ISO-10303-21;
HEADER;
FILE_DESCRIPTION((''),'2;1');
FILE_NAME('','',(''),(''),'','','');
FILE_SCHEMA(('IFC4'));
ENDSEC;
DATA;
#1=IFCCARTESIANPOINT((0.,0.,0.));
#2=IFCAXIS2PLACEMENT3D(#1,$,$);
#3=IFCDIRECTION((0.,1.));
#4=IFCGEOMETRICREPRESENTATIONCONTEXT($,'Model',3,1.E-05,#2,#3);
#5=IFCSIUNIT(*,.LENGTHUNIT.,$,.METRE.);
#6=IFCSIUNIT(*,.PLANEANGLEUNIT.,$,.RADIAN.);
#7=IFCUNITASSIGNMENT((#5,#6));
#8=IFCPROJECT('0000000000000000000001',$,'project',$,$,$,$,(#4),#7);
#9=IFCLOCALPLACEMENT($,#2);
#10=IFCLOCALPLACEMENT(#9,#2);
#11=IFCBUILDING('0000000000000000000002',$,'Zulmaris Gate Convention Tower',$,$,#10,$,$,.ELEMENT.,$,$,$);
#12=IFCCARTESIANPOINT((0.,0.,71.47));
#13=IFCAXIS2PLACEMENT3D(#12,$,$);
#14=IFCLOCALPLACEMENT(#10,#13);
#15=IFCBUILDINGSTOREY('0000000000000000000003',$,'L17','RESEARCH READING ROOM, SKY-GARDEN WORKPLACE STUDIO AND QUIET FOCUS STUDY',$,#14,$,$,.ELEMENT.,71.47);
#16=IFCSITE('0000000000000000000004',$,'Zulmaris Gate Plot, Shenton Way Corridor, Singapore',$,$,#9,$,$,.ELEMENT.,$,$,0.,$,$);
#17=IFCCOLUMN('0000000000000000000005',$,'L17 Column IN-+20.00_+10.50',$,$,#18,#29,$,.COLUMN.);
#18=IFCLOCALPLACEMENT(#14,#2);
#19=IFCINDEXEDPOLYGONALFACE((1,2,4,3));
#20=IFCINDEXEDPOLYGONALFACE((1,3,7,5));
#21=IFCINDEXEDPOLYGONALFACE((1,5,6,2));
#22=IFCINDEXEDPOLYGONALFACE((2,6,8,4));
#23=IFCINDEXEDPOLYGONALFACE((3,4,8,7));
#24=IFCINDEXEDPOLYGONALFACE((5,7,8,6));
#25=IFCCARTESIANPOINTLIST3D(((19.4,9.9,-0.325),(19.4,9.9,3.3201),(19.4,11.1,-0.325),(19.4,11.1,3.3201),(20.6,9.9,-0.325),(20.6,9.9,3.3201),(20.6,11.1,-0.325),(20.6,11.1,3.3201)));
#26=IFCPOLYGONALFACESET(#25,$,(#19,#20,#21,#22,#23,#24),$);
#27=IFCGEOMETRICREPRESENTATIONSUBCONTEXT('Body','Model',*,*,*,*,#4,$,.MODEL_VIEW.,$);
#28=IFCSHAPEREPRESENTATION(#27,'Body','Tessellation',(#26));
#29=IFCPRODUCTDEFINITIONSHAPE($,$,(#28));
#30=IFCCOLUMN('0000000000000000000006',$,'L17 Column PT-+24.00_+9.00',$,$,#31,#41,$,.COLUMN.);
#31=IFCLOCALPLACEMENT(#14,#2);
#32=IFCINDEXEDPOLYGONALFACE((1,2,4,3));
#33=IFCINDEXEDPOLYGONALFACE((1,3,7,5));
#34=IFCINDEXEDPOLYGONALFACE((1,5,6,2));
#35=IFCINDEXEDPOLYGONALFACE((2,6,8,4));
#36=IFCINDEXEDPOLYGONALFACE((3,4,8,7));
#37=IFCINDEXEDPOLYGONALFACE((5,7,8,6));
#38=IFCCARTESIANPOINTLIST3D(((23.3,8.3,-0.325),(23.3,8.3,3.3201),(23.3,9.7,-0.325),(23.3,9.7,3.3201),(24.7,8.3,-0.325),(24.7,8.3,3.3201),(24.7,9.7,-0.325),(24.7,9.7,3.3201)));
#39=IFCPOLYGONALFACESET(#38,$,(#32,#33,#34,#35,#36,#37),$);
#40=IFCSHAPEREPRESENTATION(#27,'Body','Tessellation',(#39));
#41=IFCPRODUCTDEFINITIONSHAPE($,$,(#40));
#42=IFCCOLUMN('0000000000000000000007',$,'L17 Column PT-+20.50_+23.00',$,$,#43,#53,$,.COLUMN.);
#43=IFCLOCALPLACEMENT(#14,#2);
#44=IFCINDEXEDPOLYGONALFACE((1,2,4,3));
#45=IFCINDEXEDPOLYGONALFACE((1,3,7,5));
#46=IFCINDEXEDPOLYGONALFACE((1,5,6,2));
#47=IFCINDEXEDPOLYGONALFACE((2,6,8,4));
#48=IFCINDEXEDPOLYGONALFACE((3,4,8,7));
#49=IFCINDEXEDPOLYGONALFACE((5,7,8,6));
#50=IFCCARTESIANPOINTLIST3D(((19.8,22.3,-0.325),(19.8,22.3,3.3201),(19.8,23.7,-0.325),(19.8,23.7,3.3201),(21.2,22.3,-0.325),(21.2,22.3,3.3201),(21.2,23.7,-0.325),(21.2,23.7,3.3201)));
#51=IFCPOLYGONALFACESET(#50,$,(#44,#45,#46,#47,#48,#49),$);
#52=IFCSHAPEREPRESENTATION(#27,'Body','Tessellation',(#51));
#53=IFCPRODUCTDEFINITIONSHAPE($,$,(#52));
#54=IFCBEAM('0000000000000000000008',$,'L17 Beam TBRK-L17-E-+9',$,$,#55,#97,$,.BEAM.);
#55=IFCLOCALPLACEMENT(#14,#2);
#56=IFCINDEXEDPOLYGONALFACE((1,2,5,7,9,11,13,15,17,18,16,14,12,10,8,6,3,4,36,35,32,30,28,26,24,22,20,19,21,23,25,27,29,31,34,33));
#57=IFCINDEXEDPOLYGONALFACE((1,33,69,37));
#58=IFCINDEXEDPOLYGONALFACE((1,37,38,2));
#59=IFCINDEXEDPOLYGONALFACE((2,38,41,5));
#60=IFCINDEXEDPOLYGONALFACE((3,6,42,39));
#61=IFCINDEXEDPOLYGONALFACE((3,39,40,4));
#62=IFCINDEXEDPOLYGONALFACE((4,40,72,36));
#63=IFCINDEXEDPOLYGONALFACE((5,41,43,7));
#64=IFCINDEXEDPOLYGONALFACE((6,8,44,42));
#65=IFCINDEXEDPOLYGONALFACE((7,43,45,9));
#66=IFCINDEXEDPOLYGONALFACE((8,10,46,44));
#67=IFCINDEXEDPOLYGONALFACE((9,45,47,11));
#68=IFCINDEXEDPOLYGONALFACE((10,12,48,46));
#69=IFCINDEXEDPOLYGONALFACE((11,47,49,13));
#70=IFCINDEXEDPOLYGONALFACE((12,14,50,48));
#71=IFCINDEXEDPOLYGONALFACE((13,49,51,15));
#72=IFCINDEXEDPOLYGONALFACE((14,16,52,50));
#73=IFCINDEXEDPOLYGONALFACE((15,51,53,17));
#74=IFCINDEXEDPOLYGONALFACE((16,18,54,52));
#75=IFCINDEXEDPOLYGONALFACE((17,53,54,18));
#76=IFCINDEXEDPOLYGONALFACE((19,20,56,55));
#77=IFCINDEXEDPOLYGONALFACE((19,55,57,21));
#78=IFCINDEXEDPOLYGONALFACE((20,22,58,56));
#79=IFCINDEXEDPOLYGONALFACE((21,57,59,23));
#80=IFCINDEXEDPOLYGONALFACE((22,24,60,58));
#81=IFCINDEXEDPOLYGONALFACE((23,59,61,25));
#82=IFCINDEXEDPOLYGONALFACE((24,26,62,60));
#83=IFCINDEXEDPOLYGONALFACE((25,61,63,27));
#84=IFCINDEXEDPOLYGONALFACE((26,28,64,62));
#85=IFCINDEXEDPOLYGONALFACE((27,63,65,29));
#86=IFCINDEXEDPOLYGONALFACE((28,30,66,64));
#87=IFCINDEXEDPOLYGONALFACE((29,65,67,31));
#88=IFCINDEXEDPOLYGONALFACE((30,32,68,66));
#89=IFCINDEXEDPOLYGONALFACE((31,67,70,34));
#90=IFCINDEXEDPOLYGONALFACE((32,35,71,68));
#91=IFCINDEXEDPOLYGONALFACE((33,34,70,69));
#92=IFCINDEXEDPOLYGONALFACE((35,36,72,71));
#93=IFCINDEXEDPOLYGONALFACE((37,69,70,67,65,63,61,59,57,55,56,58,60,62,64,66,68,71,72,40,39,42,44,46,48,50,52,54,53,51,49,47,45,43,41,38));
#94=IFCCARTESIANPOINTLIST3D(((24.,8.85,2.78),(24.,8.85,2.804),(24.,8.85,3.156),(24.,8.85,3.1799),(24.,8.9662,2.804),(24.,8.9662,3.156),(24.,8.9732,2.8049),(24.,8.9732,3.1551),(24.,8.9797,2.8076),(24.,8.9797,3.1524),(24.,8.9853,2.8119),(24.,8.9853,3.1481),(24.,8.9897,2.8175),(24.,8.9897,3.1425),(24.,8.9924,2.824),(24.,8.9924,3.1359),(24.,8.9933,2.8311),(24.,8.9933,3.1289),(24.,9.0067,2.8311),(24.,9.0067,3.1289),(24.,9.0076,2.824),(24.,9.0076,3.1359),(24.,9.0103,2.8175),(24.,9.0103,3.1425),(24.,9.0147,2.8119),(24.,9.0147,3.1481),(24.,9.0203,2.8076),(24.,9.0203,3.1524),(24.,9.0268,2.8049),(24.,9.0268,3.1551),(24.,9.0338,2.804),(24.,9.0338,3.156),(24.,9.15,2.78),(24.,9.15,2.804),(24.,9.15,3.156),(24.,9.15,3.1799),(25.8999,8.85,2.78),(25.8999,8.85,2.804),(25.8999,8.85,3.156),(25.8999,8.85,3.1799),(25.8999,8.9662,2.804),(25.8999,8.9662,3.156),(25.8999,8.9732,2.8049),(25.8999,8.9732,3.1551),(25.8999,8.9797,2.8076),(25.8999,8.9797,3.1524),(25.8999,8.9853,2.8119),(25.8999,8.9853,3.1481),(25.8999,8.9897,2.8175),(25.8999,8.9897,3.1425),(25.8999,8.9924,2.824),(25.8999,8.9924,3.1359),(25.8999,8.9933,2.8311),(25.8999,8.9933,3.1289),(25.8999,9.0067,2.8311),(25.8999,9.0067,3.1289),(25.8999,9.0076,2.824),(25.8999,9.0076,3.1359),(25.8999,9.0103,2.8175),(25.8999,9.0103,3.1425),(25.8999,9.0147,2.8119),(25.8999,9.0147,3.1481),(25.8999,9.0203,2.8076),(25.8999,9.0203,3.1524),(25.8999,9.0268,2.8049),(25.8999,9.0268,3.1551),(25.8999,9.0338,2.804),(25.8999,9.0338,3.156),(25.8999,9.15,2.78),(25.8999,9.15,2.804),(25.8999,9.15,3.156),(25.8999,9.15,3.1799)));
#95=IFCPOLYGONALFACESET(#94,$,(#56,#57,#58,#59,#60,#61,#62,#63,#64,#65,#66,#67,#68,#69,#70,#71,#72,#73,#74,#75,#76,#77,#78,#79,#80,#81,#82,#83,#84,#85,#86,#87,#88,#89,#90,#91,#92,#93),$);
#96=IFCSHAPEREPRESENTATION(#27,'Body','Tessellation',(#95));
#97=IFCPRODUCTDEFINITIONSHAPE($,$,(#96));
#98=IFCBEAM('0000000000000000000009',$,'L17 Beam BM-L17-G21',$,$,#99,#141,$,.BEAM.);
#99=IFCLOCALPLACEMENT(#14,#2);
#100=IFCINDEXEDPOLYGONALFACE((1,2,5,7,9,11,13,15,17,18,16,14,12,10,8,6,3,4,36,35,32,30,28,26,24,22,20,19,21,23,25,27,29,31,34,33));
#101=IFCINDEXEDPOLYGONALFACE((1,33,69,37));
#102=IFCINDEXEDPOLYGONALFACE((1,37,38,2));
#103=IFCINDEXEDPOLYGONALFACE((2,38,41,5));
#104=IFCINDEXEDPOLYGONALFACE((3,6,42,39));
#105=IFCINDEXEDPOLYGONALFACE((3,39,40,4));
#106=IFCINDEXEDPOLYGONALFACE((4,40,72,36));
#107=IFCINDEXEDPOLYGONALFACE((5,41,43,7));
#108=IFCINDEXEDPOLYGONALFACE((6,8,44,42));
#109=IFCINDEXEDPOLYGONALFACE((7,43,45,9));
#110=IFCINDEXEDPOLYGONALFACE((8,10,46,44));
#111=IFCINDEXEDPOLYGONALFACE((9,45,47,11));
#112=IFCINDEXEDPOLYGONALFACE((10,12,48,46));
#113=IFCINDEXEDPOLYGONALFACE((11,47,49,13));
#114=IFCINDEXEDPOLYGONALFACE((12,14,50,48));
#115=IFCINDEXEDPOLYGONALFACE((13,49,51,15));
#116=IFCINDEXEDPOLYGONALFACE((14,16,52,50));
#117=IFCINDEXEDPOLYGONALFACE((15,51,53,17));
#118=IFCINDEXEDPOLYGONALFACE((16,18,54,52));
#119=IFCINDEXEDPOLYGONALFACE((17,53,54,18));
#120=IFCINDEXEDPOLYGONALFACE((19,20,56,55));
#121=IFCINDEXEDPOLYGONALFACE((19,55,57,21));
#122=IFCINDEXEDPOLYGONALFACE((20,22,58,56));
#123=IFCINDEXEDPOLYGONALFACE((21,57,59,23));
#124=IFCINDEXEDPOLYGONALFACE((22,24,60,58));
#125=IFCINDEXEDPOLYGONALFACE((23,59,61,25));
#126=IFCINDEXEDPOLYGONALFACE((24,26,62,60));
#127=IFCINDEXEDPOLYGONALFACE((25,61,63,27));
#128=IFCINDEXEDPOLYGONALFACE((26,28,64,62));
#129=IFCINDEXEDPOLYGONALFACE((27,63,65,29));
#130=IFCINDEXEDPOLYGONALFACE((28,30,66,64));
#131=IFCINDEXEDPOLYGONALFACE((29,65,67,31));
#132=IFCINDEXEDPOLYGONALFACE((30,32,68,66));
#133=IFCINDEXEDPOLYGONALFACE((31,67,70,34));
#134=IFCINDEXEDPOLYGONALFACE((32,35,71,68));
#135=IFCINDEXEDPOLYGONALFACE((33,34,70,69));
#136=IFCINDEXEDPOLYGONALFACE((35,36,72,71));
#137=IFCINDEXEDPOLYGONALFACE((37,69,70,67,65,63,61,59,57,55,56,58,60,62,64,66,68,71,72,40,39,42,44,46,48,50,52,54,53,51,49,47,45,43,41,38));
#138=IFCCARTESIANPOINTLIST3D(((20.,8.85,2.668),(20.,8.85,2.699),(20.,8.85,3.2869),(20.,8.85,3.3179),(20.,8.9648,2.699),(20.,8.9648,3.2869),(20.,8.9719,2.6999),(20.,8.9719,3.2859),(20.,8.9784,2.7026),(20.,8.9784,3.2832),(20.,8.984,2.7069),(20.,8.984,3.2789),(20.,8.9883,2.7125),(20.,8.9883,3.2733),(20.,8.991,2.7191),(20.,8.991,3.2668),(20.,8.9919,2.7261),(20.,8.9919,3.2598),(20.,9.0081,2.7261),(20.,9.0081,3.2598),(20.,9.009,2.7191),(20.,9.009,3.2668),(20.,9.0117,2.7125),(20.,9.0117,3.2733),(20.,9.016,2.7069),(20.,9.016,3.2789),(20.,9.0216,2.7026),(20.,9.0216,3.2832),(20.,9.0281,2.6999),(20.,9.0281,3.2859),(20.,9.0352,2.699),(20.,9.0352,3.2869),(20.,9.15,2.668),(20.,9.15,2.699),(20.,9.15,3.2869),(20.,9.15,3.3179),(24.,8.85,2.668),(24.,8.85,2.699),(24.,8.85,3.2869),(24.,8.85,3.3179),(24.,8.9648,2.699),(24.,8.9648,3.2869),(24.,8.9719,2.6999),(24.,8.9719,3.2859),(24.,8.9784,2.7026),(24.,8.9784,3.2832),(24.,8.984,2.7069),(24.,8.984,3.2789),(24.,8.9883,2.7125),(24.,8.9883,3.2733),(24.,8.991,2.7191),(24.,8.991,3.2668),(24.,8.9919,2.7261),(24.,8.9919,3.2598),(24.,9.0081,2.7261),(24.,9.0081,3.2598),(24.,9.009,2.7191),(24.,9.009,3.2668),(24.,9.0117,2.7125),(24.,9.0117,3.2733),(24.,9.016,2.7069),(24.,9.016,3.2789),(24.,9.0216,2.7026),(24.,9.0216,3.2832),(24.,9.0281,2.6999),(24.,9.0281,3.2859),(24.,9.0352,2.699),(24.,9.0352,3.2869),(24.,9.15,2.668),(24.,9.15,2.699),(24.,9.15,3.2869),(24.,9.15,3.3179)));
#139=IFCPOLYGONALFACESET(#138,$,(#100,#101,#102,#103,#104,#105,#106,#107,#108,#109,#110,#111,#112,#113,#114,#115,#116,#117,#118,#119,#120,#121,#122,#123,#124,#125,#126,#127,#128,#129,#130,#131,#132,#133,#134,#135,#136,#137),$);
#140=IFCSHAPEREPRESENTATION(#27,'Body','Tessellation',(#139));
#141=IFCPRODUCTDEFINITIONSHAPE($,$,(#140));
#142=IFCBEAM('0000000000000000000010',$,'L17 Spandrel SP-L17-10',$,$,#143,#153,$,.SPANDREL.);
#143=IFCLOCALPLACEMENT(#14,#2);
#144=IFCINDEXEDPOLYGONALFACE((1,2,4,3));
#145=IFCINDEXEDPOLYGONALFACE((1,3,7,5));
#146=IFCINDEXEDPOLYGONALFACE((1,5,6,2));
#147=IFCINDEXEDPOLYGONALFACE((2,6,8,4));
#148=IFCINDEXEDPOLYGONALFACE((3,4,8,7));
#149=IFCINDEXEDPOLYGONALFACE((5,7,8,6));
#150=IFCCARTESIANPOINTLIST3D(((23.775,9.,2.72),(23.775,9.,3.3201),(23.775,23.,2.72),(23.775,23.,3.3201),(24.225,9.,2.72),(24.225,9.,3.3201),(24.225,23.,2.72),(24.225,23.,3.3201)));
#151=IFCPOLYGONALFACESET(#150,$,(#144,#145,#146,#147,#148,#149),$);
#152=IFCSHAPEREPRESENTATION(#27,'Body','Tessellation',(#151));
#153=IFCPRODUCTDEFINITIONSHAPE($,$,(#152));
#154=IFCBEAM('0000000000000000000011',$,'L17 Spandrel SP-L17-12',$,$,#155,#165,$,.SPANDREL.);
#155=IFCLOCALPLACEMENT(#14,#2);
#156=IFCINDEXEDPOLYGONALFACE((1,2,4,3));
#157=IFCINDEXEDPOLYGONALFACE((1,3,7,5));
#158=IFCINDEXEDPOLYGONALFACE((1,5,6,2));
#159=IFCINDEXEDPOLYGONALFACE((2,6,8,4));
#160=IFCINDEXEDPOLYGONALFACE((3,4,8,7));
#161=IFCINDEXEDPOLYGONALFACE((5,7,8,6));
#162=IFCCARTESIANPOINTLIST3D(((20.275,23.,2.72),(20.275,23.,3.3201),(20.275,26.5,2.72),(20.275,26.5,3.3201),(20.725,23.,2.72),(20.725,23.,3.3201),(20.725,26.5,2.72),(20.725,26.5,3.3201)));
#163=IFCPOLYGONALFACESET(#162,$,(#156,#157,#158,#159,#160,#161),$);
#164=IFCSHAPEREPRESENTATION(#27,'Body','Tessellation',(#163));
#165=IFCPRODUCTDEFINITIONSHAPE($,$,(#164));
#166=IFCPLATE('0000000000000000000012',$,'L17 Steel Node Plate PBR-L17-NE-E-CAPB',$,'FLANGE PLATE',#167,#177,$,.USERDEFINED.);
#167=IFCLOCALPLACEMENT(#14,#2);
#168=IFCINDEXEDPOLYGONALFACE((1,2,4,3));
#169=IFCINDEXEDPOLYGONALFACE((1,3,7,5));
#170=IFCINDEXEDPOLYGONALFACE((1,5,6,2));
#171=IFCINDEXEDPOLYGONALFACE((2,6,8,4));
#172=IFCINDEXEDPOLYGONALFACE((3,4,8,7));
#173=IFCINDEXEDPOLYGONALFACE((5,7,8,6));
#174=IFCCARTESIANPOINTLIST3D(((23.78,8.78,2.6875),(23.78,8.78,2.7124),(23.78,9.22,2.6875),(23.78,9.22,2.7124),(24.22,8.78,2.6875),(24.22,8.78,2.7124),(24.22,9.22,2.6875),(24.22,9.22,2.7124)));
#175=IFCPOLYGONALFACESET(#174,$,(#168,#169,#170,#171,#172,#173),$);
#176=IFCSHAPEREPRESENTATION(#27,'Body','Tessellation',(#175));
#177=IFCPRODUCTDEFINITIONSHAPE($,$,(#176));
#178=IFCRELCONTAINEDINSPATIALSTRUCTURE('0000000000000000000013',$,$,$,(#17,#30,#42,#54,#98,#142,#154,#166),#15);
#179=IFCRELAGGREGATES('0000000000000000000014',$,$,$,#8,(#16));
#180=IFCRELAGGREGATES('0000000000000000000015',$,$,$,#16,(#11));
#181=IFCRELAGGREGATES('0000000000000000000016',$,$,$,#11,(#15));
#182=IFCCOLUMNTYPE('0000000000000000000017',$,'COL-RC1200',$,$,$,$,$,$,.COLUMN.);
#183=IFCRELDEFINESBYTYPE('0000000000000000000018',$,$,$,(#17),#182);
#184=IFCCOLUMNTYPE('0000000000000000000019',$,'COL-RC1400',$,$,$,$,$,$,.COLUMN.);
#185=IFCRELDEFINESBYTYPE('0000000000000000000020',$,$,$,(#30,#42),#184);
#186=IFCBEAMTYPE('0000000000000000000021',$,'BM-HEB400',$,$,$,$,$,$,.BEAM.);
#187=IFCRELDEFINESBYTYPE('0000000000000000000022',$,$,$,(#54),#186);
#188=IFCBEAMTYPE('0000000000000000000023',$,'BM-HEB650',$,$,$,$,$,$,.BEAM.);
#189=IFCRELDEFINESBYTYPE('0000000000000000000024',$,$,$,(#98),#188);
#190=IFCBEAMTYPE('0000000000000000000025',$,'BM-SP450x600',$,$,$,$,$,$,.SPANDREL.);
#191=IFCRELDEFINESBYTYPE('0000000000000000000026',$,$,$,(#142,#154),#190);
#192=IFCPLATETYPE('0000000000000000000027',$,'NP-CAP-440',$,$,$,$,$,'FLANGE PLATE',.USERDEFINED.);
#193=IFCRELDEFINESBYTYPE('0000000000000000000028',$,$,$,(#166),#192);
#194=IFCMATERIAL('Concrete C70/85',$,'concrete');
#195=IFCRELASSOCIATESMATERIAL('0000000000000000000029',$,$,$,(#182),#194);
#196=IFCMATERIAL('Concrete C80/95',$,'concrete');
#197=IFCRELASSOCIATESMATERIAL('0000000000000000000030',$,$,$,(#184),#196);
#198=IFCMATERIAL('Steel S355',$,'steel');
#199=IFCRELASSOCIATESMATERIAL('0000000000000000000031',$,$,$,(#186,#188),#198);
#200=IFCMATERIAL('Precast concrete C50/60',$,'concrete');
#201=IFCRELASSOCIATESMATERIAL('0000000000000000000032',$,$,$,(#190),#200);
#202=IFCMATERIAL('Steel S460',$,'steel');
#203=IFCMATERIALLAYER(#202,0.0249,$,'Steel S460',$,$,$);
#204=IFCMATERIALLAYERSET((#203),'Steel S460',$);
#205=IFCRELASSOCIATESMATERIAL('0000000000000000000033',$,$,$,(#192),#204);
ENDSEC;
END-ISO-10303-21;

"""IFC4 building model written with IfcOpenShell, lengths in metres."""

from ifc_helpers import new_model, si_unit, direction, frame, origin, origin_2d, place, context, subcontext, project, spatial, rectangle, i_section, extrude, material, layer, layer_set, material_profile, profile_set, type_object, element, save


model = new_model("IFC4")

# Units and contexts
model_context = context("Model", 3, precision=1e-05, world=origin(), true_north=direction((0.0, 1.0)))
body_context = subcontext(model_context, "Body", "Model", "MODEL_VIEW")
ifc_project = project(units=[si_unit("LENGTHUNIT", "METRE"), si_unit("PLANEANGLEUNIT", "RADIAN")], contexts=[model_context])

# Site, building, storey
site_placement = place(None, origin())
site = spatial("IfcSite", under=ifc_project, at=site_placement, Name="Zulmaris Gate Plot, Shenton Way Corridor, Singapore", CompositionType="ELEMENT", RefElevation=0.0)
building_placement = place(site_placement, origin())
building = spatial("IfcBuilding", under=site, at=building_placement, Name="Zulmaris Gate Convention Tower", CompositionType="ELEMENT")
storey_placement = place(building_placement, frame((0.0, 0.0, 71.47)))
storey = spatial("IfcBuildingStorey", under=building, at=storey_placement, Name="L17", Description="RESEARCH READING ROOM, SKY-GARDEN WORKPLACE STUDIO AND QUIET FOCUS STUDY", CompositionType="ELEMENT", Elevation=71.47)

# Columns
ifc_material_1 = material(Name="Concrete C70/85", Category="concrete")
ifc_material_profile_1 = material_profile(ifc_material_1, rectangle(XDim=1.2, YDim=1.2, at=origin_2d()), Name="RC COL 1200x1200")
ifc_profile_set_1 = profile_set([ifc_material_profile_1], Name="Concrete C70/85")
column_type_1 = type_object("IfcColumnType", Name="COL-RC1200", PredefinedType="COLUMN", material=ifc_profile_set_1)
column_placement = place(storey_placement, frame((20.0, 10.5, -0.325), z_axis=(0.0, 0.0, 1.0), x_axis=(1.0, 0.0, 0.0)))
element("IfcColumn", 1, at=column_placement, inside=storey, type_object=column_type_1, Name="L17 Column IN-+20.00_+10.50", PredefinedType="COLUMN", context=body_context, shape_type="SweptSolid", body=[
    extrude(rectangle(XDim=1.2, YDim=1.2, at=origin_2d()), origin(), (0.0, 0.0, 1.0), 3.645),
])
ifc_material_2 = material(Name="Concrete C80/95", Category="concrete")
ifc_material_profile_2 = material_profile(ifc_material_2, rectangle(XDim=1.3999, YDim=1.3999, at=origin_2d()), Name="RC COL 1400x1400")
ifc_profile_set_2 = profile_set([ifc_material_profile_2], Name="Concrete C80/95")
column_type_2 = type_object("IfcColumnType", Name="COL-RC1400", PredefinedType="COLUMN", material=ifc_profile_set_2)
for number, where, z_axis, x_axis, name in (
    (2, (24.0, 9.0, -0.325), (0.0, 0.0, 1.0), (1.0, 0.0, 0.0), "L17 Column PT-+24.00_+9.00"),
    (3, (20.5, 23.0, -0.325), (0.0, 0.0, 1.0), (1.0, 0.0, 0.0), "L17 Column PT-+20.50_+23.00"),
):
    element("IfcColumn", number, at=place(storey_placement, frame(where, z_axis=z_axis, x_axis=x_axis)), inside=storey, type_object=column_type_2, Name=name, PredefinedType="COLUMN", context=body_context, shape_type="SweptSolid", body=[
        extrude(rectangle(XDim=1.3999, YDim=1.3999, at=origin_2d()), origin(), (0.0, 0.0, 1.0), 3.645),
    ])

# Beams
ifc_material_3 = material(Name="Steel S355", Category="steel")
ifc_material_profile_3 = material_profile(ifc_material_3, i_section(OverallWidth=0.3, OverallDepth=0.3999, WebThickness=0.0134, FlangeThickness=0.0239, FilletRadius=0.0271, at=origin_2d()), Name="HEB 400")
ifc_profile_set_3 = profile_set([ifc_material_profile_3], Name="Steel S355")
beam_type_1 = type_object("IfcBeamType", Name="BM-HEB400", PredefinedType="BEAM", material=ifc_profile_set_3)
beam_1_placement = place(storey_placement, frame((24.0, 9.0, 2.98), z_axis=(1.0, 0.0, 0.0), x_axis=(0.0, 1.0, 0.0)))
element("IfcBeam", 4, at=beam_1_placement, inside=storey, type_object=beam_type_1, Name="L17 Beam TBRK-L17-E-+9", PredefinedType="BEAM", context=body_context, shape_type="SweptSolid", body=[
    extrude(i_section(OverallWidth=0.3, OverallDepth=0.3999, WebThickness=0.0134, FlangeThickness=0.0239, FilletRadius=0.0271, at=origin_2d()), origin(), (0.0, 0.0, 1.0), 1.8999),
])
ifc_material_profile_4 = material_profile(ifc_material_3, i_section(OverallWidth=0.3, OverallDepth=0.6499, WebThickness=0.0161, FlangeThickness=0.031, FilletRadius=0.0271, at=origin_2d()), Name="HEB 650")
ifc_profile_set_4 = profile_set([ifc_material_profile_4], Name="Steel S355")
beam_type_2 = type_object("IfcBeamType", Name="BM-HEB650", PredefinedType="BEAM", material=ifc_profile_set_4)
beam_2_placement = place(storey_placement, frame((20.0, 9.0, 2.9929), z_axis=(1.0, 0.0, 0.0), x_axis=(0.0, 1.0, 0.0)))
element("IfcBeam", 5, at=beam_2_placement, inside=storey, type_object=beam_type_2, Name="L17 Beam BM-L17-G21", PredefinedType="BEAM", context=body_context, shape_type="SweptSolid", body=[
    extrude(i_section(OverallWidth=0.3, OverallDepth=0.6499, WebThickness=0.0161, FlangeThickness=0.031, FilletRadius=0.0271, at=origin_2d()), origin(), (0.0, 0.0, 1.0), 4.0),
])
ifc_material_4 = material(Name="Precast concrete C50/60", Category="concrete")
ifc_material_profile_5 = material_profile(ifc_material_4, rectangle(XDim=0.45, YDim=0.6001, at=origin_2d()), Name="RC SPANDREL 450x600")
ifc_profile_set_5 = profile_set([ifc_material_profile_5], Name="Precast concrete C50/60")
beam_type_3 = type_object("IfcBeamType", Name="BM-SP450x600", PredefinedType="SPANDREL", material=ifc_profile_set_5)
beam_3_placement = place(storey_placement, frame((24.0, 9.0, 3.02), z_axis=(0.0, 1.0, 0.0), x_axis=(-1.0, 0.0, 0.0)))
element("IfcBeam", 6, at=beam_3_placement, inside=storey, type_object=beam_type_3, Name="L17 Spandrel SP-L17-10", PredefinedType="SPANDREL", context=body_context, shape_type="SweptSolid", body=[
    extrude(rectangle(XDim=0.45, YDim=0.6001, at=origin_2d()), origin(), (0.0, 0.0, 1.0), 14.0),
])
beam_4_placement = place(storey_placement, frame((20.5, 23.0, 3.02), z_axis=(0.0, 1.0, 0.0), x_axis=(-1.0, 0.0, 0.0)))
element("IfcBeam", 7, at=beam_4_placement, inside=storey, type_object=beam_type_3, Name="L17 Spandrel SP-L17-12", PredefinedType="SPANDREL", context=body_context, shape_type="SweptSolid", body=[
    extrude(rectangle(XDim=0.45, YDim=0.6001, at=origin_2d()), origin(), (0.0, 0.0, 1.0), 3.5),
])

# Plate
ifc_material_5 = material(Name="Steel S460", Category="steel")
ifc_layer_1 = layer(ifc_material_5, 0.0249, Name="Steel S460")
ifc_layer_set_1 = layer_set([ifc_layer_1], Name="Steel S460")
plate_type = type_object("IfcPlateType", Name="NP-CAP-440", ElementType="FLANGE PLATE", PredefinedType="USERDEFINED", material=ifc_layer_set_1)
plate_placement = place(storey_placement, frame((24.0, 9.0, 2.6875), z_axis=(0.0, 0.0, 1.0), x_axis=(1.0, 0.0, 0.0)))
element("IfcPlate", 8, at=plate_placement, inside=storey, type_object=plate_type, Name="L17 Steel Node Plate PBR-L17-NE-E-CAPB", ObjectType="FLANGE PLATE", PredefinedType="USERDEFINED", context=body_context, shape_type="SweptSolid", body=[
    extrude(rectangle(XDim=0.4399, YDim=0.4399, at=origin_2d()), origin(), (0.0, 0.0, 1.0), 0.0249),
])

save(model, "model.ifc")
